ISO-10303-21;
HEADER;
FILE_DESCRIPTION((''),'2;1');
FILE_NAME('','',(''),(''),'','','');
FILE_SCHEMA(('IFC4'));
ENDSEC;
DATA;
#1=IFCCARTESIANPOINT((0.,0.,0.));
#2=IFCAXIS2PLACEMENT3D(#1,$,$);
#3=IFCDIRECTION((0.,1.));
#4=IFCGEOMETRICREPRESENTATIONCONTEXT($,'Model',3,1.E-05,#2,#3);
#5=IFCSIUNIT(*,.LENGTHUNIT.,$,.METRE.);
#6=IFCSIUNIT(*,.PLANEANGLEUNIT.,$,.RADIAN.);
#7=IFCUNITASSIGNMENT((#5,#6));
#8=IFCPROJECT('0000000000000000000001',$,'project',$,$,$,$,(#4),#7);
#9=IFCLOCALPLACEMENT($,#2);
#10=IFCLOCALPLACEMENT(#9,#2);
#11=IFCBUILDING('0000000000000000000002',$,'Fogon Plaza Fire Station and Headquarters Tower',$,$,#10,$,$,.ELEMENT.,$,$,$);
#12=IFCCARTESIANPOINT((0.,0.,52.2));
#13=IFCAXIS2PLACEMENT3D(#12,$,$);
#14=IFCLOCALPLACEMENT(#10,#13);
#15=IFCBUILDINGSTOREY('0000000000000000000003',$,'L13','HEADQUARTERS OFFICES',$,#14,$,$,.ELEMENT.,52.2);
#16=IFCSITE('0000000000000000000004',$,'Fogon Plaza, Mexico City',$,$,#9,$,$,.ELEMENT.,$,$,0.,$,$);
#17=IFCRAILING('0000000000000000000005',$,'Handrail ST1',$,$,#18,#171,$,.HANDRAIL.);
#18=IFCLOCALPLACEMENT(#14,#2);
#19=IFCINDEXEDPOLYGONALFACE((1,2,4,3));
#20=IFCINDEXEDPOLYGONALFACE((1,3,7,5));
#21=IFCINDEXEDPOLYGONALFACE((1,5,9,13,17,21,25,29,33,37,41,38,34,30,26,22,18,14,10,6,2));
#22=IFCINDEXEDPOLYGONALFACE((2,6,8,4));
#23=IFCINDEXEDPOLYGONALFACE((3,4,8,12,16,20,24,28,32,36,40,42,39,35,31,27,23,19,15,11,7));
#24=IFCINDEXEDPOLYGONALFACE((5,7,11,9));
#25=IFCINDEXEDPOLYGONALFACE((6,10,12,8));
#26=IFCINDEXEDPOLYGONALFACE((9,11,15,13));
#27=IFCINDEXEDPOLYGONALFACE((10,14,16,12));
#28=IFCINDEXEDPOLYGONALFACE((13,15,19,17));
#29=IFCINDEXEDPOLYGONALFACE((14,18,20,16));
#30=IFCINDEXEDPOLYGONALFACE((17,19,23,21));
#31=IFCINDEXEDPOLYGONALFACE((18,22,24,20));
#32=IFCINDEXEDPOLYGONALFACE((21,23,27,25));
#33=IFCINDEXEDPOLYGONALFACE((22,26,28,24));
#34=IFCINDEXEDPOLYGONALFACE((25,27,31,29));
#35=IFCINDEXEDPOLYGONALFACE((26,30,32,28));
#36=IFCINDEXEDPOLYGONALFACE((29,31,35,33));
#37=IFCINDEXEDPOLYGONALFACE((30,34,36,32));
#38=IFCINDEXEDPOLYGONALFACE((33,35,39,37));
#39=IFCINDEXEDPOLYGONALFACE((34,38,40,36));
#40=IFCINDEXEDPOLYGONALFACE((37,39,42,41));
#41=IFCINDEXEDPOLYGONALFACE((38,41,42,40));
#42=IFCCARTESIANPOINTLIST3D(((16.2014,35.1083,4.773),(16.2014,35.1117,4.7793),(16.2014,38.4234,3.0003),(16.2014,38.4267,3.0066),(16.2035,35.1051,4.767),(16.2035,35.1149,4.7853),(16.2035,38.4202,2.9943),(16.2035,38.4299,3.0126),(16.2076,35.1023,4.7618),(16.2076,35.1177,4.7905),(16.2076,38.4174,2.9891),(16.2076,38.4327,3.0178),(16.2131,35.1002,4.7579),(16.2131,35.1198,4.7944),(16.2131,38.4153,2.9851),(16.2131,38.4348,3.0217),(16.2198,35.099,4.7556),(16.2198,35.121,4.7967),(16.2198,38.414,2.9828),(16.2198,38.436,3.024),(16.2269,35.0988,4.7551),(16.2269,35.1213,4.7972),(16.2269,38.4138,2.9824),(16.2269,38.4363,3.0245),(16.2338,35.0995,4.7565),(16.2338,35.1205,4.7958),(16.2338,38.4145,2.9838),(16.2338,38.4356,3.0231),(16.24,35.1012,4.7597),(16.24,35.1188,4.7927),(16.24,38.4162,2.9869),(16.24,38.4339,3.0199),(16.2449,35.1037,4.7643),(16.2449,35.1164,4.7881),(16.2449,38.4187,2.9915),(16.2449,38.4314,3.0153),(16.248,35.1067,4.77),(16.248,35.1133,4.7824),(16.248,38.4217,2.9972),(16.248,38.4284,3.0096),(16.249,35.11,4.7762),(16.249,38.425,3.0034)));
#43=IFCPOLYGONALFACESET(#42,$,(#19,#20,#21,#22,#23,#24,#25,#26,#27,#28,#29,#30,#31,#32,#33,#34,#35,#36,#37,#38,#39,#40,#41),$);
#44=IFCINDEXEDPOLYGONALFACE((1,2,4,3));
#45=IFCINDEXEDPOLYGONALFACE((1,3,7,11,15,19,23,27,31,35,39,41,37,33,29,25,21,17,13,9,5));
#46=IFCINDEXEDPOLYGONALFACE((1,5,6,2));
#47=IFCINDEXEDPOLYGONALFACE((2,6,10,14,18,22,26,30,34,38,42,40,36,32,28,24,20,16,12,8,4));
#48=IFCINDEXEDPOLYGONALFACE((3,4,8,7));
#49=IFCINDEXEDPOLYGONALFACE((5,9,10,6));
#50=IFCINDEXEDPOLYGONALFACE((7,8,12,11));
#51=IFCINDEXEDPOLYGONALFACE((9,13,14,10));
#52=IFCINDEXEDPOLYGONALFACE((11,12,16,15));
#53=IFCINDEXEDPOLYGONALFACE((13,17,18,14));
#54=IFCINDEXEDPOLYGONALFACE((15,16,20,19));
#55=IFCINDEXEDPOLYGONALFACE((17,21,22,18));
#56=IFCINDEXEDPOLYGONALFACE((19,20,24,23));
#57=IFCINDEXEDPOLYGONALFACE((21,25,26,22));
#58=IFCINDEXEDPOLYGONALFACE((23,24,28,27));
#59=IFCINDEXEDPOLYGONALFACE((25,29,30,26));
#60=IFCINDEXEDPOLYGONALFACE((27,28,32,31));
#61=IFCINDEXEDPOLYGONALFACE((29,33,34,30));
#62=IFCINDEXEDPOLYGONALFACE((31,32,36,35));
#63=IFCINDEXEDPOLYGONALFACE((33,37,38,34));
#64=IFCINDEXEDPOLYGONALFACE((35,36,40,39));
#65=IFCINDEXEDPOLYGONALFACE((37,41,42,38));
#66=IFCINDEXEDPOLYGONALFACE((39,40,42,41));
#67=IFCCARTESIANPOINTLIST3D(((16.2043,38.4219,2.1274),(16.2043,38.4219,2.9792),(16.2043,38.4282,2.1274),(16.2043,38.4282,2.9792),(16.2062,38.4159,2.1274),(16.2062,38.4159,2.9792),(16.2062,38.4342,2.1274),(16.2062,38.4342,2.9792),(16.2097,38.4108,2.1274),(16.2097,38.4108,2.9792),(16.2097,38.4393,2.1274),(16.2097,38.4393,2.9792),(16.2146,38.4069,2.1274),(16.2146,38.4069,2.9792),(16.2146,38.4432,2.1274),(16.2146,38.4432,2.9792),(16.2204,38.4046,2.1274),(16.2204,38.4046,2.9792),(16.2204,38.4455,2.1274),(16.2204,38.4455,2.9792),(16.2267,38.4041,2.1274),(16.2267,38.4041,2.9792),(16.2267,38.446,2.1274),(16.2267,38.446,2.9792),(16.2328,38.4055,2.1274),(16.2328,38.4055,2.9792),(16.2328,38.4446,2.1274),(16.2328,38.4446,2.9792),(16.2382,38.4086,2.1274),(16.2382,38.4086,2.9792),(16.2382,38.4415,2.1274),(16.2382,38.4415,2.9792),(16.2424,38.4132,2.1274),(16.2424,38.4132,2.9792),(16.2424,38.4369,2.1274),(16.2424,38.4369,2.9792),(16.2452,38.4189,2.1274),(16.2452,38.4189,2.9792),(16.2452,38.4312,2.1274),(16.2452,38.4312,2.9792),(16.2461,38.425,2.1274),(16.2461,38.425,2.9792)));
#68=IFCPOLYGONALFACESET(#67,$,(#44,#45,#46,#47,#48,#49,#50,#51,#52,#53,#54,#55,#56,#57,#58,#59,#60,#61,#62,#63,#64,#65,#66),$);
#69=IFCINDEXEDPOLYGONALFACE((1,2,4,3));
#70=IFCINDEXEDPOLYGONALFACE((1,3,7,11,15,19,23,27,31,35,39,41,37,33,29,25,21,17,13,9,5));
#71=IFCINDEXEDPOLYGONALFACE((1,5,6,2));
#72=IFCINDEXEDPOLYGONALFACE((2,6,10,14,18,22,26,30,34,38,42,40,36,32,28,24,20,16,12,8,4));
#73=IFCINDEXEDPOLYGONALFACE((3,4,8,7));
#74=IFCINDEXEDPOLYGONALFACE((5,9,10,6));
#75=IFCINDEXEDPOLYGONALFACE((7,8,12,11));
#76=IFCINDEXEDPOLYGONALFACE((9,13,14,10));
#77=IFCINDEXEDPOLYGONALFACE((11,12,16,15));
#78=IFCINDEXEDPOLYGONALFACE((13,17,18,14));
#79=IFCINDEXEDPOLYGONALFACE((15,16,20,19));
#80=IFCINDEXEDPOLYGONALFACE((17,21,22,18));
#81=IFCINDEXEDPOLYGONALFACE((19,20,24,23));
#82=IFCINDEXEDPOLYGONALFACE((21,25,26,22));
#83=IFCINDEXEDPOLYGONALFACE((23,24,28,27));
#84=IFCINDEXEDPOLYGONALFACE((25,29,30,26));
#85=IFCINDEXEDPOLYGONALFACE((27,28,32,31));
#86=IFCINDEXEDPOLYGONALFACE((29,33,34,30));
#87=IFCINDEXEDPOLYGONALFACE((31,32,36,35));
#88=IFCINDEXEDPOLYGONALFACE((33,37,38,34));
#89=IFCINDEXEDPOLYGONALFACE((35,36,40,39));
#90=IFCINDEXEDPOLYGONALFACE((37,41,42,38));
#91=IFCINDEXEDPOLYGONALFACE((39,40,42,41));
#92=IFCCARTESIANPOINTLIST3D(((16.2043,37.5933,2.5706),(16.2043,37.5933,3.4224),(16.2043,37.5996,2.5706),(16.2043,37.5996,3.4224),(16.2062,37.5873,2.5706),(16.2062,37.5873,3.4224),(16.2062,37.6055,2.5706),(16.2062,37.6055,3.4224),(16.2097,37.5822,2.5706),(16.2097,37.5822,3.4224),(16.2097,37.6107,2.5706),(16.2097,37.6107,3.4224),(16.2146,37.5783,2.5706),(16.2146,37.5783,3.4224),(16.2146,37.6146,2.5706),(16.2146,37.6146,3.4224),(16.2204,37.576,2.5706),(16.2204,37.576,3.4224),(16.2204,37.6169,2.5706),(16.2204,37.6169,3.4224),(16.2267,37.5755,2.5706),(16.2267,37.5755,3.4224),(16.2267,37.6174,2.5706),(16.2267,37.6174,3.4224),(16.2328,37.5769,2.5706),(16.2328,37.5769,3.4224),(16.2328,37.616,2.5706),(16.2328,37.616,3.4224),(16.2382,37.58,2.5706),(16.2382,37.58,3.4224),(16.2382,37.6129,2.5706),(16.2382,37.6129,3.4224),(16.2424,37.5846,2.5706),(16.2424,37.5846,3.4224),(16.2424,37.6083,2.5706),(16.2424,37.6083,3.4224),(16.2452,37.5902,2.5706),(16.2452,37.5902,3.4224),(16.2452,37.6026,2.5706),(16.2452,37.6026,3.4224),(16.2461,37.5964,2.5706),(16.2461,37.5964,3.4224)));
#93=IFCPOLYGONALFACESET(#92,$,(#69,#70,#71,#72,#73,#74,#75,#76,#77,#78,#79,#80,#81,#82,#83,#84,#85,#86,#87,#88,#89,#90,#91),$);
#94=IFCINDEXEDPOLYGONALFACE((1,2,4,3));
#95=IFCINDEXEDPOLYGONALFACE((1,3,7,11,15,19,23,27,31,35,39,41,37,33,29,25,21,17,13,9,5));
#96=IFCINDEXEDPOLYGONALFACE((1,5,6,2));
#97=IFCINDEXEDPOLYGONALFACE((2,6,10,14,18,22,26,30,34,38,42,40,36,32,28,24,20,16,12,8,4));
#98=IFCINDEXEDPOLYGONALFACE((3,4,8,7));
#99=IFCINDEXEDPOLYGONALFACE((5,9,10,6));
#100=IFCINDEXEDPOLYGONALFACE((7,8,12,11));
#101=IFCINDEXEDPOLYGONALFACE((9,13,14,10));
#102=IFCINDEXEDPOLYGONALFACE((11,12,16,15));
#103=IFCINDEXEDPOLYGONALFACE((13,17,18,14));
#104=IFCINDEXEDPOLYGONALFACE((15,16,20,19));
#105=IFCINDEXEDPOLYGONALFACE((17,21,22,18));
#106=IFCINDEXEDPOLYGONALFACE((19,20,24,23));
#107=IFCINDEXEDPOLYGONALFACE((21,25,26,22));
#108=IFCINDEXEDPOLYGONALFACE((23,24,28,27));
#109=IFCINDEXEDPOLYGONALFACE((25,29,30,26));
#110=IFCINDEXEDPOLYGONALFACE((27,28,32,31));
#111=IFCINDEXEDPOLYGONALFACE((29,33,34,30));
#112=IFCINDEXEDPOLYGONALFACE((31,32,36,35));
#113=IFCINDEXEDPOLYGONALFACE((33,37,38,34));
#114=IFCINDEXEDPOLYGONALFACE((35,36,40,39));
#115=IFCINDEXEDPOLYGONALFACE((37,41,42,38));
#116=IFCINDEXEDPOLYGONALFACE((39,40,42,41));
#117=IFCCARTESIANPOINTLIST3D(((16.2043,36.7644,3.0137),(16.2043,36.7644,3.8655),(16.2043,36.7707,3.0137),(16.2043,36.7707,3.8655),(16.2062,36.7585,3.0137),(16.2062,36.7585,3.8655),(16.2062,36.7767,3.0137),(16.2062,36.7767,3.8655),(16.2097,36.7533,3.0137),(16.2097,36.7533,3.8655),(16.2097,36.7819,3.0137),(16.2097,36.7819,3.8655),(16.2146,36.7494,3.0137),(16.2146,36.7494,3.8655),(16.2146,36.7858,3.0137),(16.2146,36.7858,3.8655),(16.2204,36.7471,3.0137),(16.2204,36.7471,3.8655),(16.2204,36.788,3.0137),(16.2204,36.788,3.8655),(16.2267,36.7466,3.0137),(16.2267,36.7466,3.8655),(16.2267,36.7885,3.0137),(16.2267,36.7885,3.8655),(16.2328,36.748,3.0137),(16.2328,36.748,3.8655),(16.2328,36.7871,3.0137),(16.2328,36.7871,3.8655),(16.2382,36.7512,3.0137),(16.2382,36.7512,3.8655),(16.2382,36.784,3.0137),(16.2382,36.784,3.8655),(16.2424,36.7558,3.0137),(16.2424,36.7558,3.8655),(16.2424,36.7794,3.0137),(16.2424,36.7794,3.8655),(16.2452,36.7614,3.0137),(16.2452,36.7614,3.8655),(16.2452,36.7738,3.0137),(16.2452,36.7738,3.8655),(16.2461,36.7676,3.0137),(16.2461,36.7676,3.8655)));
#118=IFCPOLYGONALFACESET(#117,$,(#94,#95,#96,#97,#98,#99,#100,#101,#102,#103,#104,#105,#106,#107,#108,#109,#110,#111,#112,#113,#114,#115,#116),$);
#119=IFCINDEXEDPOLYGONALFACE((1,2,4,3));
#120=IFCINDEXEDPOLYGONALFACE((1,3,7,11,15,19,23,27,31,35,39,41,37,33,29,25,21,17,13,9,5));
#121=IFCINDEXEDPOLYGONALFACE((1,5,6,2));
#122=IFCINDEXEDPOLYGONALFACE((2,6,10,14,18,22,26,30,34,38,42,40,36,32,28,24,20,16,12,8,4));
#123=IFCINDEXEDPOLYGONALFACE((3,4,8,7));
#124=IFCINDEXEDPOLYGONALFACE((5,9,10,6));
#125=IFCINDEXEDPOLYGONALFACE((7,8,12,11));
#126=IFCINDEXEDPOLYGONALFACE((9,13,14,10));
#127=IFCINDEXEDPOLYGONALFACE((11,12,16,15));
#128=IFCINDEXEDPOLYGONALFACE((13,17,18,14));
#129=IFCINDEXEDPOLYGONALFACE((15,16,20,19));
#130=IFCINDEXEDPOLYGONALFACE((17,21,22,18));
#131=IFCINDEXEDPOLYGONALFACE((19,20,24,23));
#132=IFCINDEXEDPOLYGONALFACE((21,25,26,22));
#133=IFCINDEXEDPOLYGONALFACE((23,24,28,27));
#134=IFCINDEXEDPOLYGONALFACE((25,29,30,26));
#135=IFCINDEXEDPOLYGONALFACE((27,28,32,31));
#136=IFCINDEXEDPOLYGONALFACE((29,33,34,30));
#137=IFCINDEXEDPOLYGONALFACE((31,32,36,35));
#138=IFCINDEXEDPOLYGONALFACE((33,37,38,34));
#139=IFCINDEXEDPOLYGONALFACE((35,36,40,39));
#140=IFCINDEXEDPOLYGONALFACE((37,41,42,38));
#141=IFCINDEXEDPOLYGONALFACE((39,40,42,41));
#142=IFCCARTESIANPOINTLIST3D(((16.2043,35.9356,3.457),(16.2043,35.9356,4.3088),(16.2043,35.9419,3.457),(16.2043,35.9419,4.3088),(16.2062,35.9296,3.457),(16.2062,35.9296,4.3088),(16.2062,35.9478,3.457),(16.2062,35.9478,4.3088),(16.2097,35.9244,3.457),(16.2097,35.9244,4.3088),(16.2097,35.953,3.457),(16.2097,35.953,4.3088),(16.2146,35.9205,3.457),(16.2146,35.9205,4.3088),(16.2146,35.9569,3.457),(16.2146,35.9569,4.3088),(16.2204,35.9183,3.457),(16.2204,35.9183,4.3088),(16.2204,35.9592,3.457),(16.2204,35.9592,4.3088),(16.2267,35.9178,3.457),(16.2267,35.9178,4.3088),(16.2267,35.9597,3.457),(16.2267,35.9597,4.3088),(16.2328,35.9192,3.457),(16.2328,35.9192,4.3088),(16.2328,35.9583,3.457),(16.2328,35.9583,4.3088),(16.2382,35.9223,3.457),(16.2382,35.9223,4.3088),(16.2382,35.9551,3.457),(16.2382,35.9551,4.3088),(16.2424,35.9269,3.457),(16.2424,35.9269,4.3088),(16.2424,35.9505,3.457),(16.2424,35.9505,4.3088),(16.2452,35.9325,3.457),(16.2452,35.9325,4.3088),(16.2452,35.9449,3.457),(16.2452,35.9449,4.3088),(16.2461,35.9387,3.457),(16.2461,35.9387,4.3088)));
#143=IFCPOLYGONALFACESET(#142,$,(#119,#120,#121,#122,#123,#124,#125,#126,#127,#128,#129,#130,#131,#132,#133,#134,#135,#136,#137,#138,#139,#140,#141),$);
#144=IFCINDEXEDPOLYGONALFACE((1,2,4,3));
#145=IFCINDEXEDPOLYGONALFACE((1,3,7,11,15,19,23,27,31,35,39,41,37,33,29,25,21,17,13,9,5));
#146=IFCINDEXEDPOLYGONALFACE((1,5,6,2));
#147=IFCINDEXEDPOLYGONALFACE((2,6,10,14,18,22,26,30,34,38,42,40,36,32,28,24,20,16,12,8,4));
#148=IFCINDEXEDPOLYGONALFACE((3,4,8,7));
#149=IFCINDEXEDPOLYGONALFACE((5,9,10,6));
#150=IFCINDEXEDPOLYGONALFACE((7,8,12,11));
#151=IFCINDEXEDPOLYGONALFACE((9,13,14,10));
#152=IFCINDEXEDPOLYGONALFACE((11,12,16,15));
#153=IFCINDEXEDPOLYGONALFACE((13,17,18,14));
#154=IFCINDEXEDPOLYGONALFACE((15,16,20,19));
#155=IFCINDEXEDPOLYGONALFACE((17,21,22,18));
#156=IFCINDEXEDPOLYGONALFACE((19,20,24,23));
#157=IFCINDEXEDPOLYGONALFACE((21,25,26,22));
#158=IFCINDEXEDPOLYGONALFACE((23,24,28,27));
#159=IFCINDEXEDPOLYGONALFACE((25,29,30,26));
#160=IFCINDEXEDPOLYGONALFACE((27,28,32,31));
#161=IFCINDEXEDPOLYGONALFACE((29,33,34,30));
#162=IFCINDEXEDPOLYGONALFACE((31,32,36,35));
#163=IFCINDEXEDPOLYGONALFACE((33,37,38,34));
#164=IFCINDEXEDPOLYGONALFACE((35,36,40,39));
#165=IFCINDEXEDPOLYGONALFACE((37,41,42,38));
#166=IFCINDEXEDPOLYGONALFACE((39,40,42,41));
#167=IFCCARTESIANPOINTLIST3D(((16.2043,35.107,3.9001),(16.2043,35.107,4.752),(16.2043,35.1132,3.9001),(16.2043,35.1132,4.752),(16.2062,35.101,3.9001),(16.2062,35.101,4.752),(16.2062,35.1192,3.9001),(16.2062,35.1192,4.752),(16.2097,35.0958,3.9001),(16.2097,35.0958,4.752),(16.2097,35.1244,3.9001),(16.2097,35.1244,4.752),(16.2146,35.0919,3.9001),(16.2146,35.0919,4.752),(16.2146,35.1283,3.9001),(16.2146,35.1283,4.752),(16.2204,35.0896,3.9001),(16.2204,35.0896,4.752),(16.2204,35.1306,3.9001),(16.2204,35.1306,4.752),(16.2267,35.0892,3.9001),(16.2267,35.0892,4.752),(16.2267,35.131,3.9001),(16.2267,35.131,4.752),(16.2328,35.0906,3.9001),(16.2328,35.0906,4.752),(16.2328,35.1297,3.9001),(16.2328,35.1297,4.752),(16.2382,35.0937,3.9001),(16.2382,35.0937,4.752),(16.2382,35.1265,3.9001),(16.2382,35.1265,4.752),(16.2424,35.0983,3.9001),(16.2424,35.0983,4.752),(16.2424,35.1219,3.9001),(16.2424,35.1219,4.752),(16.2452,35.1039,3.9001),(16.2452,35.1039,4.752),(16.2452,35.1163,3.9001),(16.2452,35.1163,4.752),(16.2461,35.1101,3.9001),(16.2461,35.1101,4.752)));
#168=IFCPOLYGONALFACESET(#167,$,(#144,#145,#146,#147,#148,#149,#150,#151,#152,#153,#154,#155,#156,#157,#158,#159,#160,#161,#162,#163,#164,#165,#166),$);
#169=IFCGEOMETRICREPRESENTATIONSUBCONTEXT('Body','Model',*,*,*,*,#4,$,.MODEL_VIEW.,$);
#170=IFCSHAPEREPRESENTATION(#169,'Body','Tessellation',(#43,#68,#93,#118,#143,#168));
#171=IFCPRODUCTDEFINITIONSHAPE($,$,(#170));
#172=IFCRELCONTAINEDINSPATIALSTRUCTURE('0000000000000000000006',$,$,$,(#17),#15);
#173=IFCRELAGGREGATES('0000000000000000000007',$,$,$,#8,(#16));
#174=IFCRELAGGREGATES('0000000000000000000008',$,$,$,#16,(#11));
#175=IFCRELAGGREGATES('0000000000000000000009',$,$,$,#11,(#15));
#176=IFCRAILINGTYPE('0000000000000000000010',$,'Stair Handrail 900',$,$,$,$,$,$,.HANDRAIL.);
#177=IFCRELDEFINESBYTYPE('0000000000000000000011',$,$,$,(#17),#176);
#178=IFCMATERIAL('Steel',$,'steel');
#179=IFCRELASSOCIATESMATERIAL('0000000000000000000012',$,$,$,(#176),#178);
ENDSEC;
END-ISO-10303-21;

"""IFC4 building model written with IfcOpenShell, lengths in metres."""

from ifc_helpers import new_model, si_unit, direction, frame, origin, origin_2d, place, context, subcontext, project, spatial, circle, extrude, material, type_object, element, save


model = new_model("IFC4")

# Units and contexts
model_context = context("Model", 3, precision=1e-05, world=origin(), true_north=direction((0.0, 1.0)))
body_context = subcontext(model_context, "Body", "Model", "MODEL_VIEW")
ifc_project = project(units=[si_unit("LENGTHUNIT", "METRE"), si_unit("PLANEANGLEUNIT", "RADIAN")], contexts=[model_context])

# Site, building, storey
site_placement = place(None, origin())
site = spatial("IfcSite", under=ifc_project, at=site_placement, Name="Fogon Plaza, Mexico City", CompositionType="ELEMENT", RefElevation=0.0)
building_placement = place(site_placement, origin())
building = spatial("IfcBuilding", under=site, at=building_placement, Name="Fogon Plaza Fire Station and Headquarters Tower", CompositionType="ELEMENT")
storey_placement = place(building_placement, frame((0.0, 0.0, 52.2)))
storey = spatial("IfcBuildingStorey", under=building, at=storey_placement, Name="L13", Description="HEADQUARTERS OFFICES", CompositionType="ELEMENT", Elevation=52.2)

# Railing
ifc_material_1 = material(Name="Steel", Category="steel")
railing_type = type_object("IfcRailingType", Name="Stair Handrail 900", PredefinedType="HANDRAIL", material=ifc_material_1)
for number, where, name in (
    (1, (16.2251, 38.425, 2.1274), "Handrail ST1"),
):
    element("IfcRailing", number, at=place(storey_placement, frame(where)), inside=storey, type_object=railing_type, Name=name, PredefinedType="HANDRAIL", context=body_context, shape_type="SweptSolid", body=[
        extrude(circle(Radius=0.0239, at=origin_2d()), frame((0.0, 0.0, 0.876), z_axis=(0.0, -0.881829, 0.471569), x_axis=(1.0, 0.0, 0.0)), (0.0, 0.0, 1.0), 3.7593),
        extrude(circle(Radius=0.021, at=origin_2d()), origin(), (0.0, 0.0, 1.0), 0.8518),
        extrude(circle(Radius=0.021, at=origin_2d()), frame((0.0, -0.8286, 0.4431)), (0.0, 0.0, 1.0), 0.8518),
        extrude(circle(Radius=0.021, at=origin_2d()), frame((0.0, -1.6575, 0.8862)), (0.0, 0.0, 1.0), 0.8518),
        extrude(circle(Radius=0.021, at=origin_2d()), frame((0.0, -2.4863, 1.3296)), (0.0, 0.0, 1.0), 0.8518),
        extrude(circle(Radius=0.021, at=origin_2d()), frame((0.0, -3.3149, 1.7727)), (0.0, 0.0, 1.0), 0.8518),
    ])

save(model, "model.ifc")
